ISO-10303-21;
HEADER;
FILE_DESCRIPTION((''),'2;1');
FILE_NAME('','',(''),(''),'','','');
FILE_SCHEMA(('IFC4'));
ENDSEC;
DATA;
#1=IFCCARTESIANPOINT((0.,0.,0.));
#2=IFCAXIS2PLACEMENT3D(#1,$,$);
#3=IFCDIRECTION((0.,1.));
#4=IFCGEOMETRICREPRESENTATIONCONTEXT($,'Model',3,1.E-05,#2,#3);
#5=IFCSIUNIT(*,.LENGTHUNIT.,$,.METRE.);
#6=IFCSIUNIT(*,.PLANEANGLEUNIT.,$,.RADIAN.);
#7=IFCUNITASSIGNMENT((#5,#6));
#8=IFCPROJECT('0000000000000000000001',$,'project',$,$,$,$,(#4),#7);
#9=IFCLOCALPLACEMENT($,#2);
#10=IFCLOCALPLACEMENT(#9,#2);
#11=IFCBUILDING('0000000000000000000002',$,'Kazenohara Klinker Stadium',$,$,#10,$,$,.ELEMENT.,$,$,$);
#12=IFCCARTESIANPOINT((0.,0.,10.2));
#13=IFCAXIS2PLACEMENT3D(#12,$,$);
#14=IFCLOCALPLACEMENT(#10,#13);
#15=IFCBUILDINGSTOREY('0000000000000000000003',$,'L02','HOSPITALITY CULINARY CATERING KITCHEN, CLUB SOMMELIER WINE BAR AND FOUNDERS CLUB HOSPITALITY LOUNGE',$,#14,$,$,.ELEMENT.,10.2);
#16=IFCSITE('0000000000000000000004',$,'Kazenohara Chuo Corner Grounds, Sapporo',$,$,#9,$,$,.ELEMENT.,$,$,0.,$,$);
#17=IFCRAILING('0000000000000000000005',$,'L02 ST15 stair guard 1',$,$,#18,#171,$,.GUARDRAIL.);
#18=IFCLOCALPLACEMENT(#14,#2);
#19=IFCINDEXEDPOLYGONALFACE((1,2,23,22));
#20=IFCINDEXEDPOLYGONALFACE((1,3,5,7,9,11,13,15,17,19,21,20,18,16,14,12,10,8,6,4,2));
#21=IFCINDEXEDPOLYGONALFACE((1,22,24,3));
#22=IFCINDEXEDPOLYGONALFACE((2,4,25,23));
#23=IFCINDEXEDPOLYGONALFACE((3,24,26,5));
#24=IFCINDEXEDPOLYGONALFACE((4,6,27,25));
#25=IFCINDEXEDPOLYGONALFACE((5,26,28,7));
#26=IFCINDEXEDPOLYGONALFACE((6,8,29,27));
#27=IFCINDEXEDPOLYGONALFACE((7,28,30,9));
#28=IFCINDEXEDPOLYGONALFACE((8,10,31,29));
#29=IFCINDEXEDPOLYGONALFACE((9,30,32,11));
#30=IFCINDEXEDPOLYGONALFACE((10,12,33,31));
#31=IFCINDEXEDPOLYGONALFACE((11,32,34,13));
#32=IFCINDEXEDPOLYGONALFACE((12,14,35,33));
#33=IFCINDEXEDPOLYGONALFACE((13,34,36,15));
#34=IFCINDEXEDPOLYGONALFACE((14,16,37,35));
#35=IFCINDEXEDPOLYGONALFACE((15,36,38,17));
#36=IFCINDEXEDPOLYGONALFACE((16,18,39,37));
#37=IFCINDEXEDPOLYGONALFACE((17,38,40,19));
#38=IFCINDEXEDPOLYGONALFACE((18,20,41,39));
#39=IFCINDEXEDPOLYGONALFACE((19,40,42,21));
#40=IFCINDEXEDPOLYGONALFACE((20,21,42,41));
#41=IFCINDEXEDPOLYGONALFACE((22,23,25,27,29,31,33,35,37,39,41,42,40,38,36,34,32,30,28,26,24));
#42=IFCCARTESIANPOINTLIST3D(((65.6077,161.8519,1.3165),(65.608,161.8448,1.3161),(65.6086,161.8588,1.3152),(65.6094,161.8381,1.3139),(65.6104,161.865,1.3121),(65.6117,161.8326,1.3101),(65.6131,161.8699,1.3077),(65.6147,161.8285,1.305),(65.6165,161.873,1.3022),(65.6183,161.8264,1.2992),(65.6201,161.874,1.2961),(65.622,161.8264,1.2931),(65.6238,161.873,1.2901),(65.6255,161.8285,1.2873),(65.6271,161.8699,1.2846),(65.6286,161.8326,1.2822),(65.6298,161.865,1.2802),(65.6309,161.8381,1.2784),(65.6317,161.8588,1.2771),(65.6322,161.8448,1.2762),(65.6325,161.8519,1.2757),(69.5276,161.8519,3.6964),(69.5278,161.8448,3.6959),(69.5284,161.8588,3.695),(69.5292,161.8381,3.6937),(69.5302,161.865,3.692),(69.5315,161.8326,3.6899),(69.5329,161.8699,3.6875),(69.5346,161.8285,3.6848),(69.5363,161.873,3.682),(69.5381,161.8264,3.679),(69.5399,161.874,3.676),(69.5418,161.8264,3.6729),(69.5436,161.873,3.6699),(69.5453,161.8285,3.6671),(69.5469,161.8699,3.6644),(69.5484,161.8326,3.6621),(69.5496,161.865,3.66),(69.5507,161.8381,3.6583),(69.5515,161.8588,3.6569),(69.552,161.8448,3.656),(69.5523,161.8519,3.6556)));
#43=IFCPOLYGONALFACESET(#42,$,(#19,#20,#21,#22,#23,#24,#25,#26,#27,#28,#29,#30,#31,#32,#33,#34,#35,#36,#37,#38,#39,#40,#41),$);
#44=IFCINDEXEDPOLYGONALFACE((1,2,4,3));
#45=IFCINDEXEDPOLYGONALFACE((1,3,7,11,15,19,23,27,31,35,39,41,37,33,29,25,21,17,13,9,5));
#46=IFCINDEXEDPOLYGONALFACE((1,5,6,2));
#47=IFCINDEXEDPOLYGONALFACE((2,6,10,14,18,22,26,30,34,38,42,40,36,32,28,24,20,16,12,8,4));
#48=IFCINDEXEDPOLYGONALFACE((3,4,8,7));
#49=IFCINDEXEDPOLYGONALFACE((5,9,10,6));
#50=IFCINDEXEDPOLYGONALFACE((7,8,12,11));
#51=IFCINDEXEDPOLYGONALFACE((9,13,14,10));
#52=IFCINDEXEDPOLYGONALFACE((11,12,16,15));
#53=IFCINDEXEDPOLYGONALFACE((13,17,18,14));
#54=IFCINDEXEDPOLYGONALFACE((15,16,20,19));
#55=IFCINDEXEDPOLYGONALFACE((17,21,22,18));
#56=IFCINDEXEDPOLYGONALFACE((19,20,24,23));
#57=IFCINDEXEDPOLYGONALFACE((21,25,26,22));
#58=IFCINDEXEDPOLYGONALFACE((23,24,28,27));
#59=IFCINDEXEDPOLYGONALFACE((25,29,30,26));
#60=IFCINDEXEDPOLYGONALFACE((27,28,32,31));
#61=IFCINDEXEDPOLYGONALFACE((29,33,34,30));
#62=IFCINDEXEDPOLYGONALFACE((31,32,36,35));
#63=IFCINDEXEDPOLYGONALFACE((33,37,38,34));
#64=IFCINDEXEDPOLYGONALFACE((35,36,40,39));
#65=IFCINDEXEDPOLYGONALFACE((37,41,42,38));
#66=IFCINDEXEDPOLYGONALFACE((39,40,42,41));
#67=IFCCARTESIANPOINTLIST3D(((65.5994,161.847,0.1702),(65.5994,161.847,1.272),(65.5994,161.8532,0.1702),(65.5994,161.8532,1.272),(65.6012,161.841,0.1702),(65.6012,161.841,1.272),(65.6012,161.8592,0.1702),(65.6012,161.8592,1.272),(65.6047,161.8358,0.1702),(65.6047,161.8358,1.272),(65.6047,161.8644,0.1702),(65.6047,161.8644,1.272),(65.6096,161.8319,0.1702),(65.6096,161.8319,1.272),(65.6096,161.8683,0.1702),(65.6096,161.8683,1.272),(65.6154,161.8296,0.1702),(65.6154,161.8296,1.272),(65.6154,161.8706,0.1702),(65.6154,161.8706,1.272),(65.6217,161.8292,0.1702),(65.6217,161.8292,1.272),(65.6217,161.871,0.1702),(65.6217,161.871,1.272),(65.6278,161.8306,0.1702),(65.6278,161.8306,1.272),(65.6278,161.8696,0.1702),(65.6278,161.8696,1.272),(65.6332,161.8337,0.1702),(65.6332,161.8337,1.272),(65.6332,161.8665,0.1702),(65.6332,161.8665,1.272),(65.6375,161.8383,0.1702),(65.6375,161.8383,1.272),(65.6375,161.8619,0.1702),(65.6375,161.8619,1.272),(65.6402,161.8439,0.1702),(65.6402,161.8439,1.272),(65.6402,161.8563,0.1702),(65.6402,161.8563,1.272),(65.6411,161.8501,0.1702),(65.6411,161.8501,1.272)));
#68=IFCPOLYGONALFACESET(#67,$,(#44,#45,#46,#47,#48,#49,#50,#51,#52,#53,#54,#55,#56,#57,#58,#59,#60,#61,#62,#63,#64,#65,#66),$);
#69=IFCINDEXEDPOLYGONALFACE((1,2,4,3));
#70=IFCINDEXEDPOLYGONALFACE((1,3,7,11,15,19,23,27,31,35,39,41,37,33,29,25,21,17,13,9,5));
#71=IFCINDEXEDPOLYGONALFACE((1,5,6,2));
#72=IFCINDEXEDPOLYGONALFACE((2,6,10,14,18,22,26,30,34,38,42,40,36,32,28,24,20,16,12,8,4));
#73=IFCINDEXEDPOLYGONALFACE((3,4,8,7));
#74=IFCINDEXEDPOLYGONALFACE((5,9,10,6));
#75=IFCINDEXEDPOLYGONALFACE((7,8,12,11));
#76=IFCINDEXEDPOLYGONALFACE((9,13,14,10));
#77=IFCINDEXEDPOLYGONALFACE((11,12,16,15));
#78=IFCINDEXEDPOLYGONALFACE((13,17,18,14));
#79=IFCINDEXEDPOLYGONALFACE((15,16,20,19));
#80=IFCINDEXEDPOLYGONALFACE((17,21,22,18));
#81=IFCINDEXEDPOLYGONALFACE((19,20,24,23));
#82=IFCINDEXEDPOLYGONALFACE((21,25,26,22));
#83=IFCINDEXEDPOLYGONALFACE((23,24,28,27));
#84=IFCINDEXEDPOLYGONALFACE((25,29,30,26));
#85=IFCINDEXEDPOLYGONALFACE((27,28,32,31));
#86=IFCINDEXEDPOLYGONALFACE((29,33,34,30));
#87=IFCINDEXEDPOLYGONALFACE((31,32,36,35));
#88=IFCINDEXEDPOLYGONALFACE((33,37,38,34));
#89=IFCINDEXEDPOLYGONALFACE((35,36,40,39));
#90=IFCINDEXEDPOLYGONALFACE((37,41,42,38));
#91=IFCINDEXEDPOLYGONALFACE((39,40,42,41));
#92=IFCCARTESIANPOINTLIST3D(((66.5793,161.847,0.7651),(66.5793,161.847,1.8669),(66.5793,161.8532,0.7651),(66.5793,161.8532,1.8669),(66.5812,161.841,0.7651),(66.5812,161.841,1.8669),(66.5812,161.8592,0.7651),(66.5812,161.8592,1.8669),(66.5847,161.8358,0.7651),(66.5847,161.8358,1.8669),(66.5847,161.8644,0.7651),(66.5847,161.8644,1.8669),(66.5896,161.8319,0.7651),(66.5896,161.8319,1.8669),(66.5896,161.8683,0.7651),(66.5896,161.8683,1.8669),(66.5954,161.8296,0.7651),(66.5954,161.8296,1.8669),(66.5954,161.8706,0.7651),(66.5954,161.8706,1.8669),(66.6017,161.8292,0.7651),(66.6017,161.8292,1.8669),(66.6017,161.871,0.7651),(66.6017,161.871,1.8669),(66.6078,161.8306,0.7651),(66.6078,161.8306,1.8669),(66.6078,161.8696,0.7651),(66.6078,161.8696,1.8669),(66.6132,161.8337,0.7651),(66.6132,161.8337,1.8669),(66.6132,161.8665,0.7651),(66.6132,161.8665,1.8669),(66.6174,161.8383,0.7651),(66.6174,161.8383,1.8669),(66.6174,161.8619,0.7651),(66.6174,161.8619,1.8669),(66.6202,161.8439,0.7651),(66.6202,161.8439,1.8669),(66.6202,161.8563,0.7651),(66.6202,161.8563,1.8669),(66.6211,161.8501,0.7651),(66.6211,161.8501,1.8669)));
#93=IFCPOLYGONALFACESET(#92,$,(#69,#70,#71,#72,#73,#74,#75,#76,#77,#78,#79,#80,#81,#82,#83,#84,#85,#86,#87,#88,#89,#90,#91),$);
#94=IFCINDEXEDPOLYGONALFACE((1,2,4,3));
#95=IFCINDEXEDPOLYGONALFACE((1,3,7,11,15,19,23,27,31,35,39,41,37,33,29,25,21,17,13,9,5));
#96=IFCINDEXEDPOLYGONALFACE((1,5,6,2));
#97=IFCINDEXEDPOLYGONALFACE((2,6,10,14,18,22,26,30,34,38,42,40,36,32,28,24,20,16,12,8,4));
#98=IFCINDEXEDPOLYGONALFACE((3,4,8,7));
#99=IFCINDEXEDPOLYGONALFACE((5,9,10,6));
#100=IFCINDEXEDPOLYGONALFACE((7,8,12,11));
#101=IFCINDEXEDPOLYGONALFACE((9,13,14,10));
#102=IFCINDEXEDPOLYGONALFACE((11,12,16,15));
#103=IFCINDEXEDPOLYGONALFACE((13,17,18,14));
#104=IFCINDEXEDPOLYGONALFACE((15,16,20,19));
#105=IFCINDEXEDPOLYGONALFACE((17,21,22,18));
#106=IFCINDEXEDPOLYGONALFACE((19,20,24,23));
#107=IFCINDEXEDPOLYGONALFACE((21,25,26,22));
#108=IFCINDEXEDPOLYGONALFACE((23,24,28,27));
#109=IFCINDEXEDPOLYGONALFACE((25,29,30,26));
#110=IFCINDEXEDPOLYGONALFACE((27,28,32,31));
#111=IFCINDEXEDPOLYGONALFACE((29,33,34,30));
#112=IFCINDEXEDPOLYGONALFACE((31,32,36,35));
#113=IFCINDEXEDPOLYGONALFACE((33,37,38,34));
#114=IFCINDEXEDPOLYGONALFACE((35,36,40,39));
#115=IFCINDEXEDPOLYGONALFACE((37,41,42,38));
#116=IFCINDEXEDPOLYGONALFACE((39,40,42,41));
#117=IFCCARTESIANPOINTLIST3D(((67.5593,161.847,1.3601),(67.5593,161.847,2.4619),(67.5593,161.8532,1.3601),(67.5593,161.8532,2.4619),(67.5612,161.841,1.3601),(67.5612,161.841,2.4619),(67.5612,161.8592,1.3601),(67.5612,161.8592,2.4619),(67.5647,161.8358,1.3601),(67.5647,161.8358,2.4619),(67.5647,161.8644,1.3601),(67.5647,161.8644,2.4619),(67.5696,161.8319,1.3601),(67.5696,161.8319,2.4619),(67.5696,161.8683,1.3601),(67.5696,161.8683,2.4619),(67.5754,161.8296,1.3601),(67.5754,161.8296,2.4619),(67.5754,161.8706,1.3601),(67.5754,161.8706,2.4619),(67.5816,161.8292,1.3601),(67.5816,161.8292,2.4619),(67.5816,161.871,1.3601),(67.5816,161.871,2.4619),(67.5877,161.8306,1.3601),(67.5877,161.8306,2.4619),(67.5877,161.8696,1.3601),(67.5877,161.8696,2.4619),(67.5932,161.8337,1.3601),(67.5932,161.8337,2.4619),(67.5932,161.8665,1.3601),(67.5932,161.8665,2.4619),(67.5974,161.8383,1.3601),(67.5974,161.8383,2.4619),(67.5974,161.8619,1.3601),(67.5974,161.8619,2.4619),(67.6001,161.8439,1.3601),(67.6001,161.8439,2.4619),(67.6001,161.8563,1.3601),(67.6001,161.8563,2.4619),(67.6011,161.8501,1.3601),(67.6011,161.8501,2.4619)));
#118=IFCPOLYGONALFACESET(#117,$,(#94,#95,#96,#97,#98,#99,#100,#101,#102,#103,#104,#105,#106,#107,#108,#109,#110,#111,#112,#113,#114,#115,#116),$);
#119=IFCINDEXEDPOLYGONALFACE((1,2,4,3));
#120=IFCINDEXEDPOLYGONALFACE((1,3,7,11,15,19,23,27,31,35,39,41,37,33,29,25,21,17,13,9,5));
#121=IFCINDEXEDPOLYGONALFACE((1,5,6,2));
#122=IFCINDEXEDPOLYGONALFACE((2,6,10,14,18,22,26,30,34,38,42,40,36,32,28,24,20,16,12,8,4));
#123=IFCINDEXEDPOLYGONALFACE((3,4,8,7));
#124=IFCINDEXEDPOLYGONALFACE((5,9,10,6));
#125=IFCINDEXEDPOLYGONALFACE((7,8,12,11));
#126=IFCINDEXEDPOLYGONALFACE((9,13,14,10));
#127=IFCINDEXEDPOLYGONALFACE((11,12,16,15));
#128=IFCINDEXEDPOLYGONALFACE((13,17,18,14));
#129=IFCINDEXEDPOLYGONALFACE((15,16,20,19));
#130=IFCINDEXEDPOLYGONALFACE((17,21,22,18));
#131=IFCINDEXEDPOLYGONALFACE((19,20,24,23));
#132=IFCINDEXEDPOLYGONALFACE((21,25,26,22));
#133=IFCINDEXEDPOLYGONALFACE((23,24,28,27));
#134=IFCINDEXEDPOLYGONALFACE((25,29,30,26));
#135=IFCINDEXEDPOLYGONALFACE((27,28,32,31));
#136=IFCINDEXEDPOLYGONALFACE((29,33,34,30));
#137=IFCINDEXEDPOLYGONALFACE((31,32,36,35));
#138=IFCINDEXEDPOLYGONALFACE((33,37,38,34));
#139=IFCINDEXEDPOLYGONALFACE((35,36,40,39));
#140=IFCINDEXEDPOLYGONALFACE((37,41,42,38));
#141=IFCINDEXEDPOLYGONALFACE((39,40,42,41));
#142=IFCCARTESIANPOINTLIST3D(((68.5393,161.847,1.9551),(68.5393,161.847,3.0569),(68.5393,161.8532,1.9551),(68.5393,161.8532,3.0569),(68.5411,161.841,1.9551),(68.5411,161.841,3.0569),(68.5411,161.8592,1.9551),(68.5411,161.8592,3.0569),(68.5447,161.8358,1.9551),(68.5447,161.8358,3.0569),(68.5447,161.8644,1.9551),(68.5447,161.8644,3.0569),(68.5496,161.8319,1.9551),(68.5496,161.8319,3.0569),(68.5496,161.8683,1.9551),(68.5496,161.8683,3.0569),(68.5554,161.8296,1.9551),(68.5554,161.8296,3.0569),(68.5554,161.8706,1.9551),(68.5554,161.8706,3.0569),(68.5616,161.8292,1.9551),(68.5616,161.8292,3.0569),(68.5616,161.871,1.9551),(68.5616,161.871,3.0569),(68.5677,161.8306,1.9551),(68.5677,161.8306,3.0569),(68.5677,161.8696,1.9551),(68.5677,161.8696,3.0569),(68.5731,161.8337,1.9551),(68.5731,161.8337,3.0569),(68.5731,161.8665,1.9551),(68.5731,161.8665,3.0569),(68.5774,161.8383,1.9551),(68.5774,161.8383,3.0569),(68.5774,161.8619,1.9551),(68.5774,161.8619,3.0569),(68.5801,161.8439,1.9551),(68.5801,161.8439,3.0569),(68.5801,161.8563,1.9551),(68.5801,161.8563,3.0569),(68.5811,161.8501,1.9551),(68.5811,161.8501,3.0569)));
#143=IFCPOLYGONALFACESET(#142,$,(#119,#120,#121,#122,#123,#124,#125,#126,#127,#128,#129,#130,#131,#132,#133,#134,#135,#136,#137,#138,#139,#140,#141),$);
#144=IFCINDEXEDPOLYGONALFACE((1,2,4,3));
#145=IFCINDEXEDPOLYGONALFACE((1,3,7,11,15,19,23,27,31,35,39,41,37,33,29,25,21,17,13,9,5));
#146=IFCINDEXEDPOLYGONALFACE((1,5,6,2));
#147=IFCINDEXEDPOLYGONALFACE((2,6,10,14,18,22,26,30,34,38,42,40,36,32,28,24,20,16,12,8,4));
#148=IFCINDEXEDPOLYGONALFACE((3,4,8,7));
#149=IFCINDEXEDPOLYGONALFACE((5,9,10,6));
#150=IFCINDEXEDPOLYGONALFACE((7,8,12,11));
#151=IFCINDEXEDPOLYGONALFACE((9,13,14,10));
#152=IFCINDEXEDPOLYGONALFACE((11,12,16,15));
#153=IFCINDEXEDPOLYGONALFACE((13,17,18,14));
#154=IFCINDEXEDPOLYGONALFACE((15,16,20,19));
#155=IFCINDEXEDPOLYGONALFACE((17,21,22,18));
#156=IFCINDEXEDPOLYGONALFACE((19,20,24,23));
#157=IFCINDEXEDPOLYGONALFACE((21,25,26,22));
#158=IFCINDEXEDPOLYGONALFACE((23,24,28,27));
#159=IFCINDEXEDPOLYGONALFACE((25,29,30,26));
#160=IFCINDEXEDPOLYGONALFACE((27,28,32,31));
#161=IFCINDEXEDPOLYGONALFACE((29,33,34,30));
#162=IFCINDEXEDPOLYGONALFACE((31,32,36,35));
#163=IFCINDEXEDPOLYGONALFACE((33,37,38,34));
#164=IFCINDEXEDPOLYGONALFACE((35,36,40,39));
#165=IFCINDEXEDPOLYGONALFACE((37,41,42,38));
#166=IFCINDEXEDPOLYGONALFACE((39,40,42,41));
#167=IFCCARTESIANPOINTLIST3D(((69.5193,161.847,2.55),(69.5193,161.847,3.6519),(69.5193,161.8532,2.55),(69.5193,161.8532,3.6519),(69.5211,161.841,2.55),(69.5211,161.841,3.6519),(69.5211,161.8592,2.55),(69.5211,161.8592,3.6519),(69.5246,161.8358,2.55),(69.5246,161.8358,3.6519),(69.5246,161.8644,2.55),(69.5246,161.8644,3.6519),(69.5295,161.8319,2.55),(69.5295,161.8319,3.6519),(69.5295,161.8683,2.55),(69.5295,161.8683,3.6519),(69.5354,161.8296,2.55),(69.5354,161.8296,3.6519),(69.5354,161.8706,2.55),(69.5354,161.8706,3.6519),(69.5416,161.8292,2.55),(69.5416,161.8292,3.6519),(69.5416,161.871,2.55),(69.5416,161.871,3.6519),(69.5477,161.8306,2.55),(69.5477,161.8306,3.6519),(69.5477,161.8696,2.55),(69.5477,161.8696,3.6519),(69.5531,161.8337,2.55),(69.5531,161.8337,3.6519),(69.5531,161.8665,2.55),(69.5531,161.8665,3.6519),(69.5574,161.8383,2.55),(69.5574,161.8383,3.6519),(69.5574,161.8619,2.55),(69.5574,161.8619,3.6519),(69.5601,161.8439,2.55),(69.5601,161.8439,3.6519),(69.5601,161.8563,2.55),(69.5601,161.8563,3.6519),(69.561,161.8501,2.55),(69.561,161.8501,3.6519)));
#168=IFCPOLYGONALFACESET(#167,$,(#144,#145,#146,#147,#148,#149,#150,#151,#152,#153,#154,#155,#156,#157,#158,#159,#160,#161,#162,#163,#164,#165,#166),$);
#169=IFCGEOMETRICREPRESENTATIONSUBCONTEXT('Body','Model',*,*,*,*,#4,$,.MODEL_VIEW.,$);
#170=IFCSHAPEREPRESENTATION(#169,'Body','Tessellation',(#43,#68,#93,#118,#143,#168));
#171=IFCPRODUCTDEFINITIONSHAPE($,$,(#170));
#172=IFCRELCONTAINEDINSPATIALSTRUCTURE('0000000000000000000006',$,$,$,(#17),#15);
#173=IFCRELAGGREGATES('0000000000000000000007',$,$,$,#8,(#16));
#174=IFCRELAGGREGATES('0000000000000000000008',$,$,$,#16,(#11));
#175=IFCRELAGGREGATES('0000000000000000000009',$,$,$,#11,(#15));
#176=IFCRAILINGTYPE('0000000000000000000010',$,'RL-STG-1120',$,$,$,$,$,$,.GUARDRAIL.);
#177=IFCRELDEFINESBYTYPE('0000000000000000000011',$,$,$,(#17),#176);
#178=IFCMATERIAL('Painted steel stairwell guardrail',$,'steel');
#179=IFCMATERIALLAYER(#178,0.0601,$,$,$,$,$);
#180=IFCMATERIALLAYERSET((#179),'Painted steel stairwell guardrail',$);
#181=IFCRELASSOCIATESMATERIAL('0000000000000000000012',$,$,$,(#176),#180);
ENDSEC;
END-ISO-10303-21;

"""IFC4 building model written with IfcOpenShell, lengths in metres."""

from ifc_helpers import new_model, si_unit, direction, frame, origin, origin_2d, place, context, subcontext, project, spatial, circle, extrude, material, layer, layer_set, type_object, element, save


model = new_model("IFC4")

# Units and contexts
model_context = context("Model", 3, precision=1e-05, world=origin(), true_north=direction((0.0, 1.0)))
body_context = subcontext(model_context, "Body", "Model", "MODEL_VIEW")
ifc_project = project(units=[si_unit("LENGTHUNIT", "METRE"), si_unit("PLANEANGLEUNIT", "RADIAN")], contexts=[model_context])

# Site, building, storey
site_placement = place(None, origin())
site = spatial("IfcSite", under=ifc_project, at=site_placement, Name="Kazenohara Chuo Corner Grounds, Sapporo", CompositionType="ELEMENT", RefElevation=0.0)
building_placement = place(site_placement, origin())
building = spatial("IfcBuilding", under=site, at=building_placement, Name="Kazenohara Klinker Stadium", CompositionType="ELEMENT")
storey_placement = place(building_placement, frame((0.0, 0.0, 10.2)))
storey = spatial("IfcBuildingStorey", under=building, at=storey_placement, Name="L02", Description="HOSPITALITY CULINARY CATERING KITCHEN, CLUB SOMMELIER WINE BAR AND FOUNDERS CLUB HOSPITALITY LOUNGE", CompositionType="ELEMENT", Elevation=10.2)

# Railing
ifc_material_1 = material(Name="Painted steel stairwell guardrail", Category="steel")
ifc_layer_1 = layer(ifc_material_1, 0.0601)
ifc_layer_set_1 = layer_set([ifc_layer_1], Name="Painted steel stairwell guardrail")
railing_type_1 = type_object("IfcRailingType", Name="RL-STG-1120", PredefinedType="GUARDRAIL", material=ifc_layer_set_1)
railing_1_placement = place(storey_placement, frame((65.6201, 161.8501, 0.1702)))
element("IfcRailing", 1, at=railing_1_placement, inside=storey, type_object=railing_type_1, Name="L02 ST15 stair guard 1", PredefinedType="GUARDRAIL", context=body_context, shape_type="SweptSolid", body=[
    extrude(circle(Radius=0.0239, at=origin_2d()), frame((0.0, 0.0, 1.126), z_axis=(0.854794, 0.0, 0.518967), x_axis=(0.0, 1.0, 0.0)), (0.0, 0.0, 1.0), 4.5857),
    extrude(circle(Radius=0.021, at=origin_2d()), origin(), (0.0, 0.0, 1.0), 1.1018),
    extrude(circle(Radius=0.021, at=origin_2d()), frame((0.98, 0.0, 0.595)), (0.0, 0.0, 1.0), 1.1018),
    extrude(circle(Radius=0.021, at=origin_2d()), frame((1.96, 0.0, 1.1899)), (0.0, 0.0, 1.0), 1.1018),
    extrude(circle(Radius=0.021, at=origin_2d()), frame((2.9399, 0.0, 1.7849)), (0.0, 0.0, 1.0), 1.1018),
    extrude(circle(Radius=0.021, at=origin_2d()), frame((3.9199, 0.0, 2.3799)), (0.0, 0.0, 1.0), 1.1018),
])

save(model, "model.ifc")
